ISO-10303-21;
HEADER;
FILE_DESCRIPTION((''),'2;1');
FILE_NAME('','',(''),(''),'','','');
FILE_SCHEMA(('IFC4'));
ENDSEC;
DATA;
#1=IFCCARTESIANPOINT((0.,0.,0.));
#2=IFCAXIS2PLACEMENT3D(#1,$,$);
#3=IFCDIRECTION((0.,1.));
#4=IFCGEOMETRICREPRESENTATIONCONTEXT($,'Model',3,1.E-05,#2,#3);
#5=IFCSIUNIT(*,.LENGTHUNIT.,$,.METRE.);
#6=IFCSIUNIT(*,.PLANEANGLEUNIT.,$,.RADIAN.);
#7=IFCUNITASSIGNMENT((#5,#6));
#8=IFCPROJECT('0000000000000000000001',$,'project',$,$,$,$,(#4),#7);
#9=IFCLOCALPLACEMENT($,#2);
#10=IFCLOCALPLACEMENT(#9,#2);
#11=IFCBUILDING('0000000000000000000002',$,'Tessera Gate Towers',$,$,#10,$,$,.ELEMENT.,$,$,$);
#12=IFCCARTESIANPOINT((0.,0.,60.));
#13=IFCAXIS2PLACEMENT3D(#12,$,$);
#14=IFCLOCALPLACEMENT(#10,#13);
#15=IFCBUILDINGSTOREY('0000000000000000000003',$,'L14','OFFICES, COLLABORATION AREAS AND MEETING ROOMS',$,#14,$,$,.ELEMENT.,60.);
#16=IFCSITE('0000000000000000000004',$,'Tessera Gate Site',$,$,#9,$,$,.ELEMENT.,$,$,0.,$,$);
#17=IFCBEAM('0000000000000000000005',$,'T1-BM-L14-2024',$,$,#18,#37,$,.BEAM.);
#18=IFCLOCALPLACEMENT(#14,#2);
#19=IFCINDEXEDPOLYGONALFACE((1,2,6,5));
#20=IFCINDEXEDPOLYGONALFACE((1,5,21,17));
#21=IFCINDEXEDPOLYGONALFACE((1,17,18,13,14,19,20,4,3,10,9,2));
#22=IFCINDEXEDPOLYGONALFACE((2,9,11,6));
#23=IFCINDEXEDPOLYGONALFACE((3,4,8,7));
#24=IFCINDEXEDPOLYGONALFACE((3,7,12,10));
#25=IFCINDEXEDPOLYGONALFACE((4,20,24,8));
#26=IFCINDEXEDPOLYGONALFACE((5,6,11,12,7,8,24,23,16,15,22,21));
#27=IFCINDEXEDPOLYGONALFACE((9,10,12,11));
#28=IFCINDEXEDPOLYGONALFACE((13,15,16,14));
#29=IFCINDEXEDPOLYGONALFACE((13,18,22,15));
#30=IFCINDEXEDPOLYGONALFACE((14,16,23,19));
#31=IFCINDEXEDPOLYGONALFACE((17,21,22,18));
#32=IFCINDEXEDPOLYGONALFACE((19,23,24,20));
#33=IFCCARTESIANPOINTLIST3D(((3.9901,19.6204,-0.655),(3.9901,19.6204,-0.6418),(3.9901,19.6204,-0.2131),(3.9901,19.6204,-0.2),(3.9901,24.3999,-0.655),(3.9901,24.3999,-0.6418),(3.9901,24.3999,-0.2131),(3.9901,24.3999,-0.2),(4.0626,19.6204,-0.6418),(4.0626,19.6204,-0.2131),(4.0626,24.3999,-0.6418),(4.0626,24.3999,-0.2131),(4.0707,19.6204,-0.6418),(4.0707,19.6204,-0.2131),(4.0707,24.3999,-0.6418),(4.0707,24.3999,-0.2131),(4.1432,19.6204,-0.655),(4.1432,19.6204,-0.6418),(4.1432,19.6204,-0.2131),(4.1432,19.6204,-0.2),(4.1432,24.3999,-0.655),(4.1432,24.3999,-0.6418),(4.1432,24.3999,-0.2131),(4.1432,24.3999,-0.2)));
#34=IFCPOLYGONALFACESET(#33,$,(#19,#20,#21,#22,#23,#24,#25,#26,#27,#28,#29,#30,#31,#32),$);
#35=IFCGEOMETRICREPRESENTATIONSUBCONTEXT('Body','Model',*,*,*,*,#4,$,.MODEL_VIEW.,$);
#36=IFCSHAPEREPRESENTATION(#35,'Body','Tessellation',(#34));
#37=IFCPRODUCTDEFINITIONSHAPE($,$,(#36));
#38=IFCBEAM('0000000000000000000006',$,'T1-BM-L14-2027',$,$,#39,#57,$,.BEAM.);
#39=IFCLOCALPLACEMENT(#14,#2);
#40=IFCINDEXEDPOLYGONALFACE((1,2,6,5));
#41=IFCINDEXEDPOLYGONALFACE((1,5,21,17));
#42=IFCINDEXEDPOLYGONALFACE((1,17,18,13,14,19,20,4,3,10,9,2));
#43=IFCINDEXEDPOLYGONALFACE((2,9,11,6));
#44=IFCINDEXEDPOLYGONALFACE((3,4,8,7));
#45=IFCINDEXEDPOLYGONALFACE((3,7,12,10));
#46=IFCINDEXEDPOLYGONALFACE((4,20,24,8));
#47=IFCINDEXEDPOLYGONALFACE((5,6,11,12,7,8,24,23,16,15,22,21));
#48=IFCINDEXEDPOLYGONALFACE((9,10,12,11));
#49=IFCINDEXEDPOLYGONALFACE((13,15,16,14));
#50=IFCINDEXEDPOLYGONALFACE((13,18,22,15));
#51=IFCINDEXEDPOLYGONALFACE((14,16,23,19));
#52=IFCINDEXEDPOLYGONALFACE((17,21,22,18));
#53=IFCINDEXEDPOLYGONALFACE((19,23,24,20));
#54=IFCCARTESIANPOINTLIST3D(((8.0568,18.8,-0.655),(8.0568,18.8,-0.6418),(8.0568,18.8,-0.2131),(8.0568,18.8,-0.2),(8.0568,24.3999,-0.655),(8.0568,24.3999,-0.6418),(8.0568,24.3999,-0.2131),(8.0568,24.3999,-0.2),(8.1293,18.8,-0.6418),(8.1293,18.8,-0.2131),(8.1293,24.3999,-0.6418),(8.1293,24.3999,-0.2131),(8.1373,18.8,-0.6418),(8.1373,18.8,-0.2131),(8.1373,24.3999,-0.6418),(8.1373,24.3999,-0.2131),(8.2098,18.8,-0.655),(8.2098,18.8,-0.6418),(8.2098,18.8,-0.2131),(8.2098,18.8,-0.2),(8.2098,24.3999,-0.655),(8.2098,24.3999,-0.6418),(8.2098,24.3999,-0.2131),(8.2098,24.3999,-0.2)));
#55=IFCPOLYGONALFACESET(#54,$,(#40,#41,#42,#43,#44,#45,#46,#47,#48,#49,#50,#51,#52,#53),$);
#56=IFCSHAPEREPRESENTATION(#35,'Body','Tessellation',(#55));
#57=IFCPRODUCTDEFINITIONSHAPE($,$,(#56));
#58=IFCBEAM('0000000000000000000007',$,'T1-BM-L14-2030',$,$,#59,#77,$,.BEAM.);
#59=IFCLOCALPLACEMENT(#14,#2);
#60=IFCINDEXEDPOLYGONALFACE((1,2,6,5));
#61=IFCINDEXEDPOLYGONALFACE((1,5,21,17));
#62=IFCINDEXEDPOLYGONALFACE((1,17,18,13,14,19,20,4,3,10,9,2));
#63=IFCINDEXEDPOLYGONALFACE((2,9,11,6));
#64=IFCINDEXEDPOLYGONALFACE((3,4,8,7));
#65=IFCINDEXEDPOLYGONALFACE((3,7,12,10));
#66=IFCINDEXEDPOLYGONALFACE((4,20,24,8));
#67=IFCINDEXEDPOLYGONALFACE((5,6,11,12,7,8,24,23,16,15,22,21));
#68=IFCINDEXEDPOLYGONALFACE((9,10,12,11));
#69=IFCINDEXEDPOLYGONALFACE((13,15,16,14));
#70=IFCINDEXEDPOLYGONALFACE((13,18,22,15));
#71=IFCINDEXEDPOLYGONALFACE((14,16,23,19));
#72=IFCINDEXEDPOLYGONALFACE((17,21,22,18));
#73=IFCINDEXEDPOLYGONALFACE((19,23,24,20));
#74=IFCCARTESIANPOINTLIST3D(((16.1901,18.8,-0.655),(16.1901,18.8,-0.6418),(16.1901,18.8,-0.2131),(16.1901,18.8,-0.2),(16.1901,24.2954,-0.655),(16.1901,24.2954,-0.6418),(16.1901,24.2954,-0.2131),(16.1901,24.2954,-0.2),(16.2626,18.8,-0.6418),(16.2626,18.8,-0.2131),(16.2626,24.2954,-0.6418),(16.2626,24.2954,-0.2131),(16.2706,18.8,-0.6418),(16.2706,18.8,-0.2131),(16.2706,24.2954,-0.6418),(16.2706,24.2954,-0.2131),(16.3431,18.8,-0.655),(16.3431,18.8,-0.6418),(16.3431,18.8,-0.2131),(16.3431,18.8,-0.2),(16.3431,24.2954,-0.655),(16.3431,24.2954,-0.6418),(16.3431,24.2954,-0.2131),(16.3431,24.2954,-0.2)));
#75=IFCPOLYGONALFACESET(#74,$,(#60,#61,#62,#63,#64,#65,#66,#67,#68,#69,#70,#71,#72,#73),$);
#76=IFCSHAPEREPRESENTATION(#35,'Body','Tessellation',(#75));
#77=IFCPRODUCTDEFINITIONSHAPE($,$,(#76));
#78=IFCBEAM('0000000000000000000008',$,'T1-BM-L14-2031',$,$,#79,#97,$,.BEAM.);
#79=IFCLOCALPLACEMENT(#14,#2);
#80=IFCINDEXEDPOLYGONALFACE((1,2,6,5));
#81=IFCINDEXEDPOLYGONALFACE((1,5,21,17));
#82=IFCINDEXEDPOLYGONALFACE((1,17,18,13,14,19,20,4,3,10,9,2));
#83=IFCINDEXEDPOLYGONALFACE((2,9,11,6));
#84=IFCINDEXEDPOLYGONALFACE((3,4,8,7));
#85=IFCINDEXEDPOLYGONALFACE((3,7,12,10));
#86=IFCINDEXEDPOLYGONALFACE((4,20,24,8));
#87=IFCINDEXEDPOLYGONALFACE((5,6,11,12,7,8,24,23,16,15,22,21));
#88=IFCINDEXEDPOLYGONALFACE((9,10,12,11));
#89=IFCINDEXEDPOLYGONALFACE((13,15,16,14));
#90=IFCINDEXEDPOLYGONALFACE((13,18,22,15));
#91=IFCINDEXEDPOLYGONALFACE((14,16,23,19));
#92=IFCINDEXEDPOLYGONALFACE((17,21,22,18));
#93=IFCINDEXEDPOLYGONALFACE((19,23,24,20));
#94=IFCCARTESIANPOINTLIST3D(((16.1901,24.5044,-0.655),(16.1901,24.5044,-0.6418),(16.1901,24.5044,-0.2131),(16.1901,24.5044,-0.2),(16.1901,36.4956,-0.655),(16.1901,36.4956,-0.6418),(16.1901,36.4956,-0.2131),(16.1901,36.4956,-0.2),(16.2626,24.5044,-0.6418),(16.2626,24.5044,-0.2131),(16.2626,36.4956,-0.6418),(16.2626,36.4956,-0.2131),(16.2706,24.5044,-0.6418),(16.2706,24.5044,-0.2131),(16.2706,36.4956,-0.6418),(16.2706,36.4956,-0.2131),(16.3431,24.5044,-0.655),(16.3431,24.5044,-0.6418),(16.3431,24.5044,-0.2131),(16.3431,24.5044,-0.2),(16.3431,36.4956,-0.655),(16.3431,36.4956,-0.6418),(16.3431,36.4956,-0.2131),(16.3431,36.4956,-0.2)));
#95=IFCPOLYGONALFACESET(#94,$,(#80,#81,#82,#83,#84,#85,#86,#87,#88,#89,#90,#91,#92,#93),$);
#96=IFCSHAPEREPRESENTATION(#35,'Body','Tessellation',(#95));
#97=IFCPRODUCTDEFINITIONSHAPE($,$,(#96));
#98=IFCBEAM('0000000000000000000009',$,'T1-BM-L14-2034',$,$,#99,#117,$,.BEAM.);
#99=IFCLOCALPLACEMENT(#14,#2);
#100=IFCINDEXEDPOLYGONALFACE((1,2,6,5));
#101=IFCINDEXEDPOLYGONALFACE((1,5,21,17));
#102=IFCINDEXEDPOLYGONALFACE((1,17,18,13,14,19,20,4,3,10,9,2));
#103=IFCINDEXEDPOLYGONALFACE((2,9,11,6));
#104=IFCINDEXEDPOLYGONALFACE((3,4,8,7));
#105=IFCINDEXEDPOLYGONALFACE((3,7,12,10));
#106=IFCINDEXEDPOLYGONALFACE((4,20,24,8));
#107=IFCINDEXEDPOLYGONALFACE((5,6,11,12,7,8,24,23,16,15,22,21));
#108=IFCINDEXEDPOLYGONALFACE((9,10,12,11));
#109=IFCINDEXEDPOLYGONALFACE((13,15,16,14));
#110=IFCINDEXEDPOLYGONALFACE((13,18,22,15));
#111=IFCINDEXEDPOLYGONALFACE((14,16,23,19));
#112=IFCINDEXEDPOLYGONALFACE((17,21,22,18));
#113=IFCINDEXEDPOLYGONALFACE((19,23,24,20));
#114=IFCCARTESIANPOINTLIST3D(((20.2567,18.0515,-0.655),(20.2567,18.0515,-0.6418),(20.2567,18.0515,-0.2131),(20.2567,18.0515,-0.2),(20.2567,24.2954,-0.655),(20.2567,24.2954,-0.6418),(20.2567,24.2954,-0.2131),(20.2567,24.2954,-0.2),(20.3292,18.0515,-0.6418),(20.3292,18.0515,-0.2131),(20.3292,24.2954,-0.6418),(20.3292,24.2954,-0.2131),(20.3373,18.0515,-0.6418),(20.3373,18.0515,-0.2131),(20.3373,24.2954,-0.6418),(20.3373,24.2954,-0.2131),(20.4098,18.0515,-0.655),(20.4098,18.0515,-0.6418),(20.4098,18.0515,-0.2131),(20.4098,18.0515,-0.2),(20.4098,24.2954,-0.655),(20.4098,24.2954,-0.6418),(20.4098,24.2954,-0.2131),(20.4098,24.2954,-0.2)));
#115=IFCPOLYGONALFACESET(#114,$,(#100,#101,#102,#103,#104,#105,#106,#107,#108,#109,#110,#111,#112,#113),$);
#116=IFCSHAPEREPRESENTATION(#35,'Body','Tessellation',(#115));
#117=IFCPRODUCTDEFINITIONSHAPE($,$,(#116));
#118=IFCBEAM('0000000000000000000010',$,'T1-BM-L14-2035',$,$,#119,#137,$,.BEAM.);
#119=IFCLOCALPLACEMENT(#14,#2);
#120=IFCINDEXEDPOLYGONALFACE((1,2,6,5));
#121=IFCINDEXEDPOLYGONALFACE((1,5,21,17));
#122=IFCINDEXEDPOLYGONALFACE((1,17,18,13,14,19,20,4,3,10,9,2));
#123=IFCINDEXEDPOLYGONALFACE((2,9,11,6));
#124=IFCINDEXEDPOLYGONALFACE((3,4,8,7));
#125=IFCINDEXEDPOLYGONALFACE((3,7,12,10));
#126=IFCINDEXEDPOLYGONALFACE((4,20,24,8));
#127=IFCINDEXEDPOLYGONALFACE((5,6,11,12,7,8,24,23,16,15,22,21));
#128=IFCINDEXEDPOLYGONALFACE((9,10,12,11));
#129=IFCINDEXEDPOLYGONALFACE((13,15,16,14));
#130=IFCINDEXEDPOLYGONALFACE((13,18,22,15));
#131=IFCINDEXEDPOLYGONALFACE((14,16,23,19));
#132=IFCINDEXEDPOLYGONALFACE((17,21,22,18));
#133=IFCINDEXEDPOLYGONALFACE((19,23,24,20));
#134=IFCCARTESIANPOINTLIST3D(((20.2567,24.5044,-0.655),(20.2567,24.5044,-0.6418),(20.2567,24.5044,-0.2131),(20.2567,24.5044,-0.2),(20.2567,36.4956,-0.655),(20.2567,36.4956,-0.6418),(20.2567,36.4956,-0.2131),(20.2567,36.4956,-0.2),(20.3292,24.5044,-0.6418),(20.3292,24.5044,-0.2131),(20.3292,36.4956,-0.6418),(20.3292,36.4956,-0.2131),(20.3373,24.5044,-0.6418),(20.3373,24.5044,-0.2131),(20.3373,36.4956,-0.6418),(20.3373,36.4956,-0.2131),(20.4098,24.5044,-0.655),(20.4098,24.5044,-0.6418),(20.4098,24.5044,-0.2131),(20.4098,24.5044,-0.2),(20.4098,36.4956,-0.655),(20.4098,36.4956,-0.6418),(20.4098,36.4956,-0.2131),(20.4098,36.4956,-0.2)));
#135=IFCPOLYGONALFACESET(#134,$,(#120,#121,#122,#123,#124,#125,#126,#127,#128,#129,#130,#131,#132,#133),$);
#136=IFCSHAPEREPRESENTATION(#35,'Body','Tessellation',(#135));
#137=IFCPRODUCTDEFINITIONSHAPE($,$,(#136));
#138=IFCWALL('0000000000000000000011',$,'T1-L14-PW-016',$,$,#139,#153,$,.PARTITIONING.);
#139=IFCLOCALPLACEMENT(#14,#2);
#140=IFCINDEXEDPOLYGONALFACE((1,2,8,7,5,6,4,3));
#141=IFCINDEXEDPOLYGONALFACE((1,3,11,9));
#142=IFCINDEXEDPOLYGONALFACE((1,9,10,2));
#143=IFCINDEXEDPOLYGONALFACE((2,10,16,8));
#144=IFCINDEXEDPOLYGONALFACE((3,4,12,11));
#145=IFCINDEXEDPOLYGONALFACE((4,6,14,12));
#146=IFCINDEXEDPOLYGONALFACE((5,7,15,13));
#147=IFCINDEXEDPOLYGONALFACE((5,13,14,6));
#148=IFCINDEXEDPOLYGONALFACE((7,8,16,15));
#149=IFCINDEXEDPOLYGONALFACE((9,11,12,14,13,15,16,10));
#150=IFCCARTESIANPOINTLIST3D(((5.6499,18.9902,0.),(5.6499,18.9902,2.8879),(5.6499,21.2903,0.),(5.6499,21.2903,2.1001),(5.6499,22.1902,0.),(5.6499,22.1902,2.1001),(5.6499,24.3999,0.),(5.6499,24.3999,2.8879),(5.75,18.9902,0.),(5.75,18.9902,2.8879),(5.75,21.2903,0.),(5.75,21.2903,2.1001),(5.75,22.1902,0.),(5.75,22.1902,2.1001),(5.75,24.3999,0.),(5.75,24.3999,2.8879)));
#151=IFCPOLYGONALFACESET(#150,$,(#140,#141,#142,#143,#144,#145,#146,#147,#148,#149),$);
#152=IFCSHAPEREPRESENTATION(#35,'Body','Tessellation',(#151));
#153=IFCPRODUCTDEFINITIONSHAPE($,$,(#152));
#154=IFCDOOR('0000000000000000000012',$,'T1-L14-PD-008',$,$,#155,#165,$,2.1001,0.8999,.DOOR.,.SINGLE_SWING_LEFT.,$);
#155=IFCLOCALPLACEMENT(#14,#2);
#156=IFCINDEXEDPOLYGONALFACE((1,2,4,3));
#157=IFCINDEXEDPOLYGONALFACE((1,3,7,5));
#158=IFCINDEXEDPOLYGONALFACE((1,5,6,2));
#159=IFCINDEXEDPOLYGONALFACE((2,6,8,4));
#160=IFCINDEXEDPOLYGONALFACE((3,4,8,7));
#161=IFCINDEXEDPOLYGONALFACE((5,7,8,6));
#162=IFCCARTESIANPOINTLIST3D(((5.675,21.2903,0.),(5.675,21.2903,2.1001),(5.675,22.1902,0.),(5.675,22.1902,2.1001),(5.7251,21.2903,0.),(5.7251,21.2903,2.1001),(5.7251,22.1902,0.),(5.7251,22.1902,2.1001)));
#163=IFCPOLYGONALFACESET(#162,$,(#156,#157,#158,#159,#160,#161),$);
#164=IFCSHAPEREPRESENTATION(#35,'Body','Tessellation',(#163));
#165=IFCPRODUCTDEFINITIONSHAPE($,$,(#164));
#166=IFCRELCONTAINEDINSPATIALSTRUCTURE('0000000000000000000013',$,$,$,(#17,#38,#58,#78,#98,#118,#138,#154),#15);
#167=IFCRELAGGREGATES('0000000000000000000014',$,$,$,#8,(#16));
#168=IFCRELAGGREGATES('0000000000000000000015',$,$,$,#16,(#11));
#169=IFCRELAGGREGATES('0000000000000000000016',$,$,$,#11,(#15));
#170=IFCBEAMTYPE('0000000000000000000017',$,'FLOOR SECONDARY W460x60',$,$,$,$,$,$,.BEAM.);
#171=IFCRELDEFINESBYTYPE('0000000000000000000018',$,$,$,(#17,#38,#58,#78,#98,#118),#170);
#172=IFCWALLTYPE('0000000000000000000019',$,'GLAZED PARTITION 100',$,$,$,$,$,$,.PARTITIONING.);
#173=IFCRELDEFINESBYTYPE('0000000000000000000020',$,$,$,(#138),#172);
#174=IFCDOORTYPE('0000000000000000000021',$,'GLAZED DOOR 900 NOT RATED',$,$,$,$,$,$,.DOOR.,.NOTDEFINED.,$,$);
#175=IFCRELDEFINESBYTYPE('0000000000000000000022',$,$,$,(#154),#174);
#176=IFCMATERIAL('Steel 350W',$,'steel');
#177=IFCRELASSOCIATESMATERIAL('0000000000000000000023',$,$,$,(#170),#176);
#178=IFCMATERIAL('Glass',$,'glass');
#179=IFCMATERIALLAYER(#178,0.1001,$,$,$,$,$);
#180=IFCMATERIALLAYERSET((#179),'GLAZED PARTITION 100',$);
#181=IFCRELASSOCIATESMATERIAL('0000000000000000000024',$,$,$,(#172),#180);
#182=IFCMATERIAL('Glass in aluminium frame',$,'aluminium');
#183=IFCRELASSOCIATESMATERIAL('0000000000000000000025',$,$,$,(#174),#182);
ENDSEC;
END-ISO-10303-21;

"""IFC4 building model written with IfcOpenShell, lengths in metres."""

from ifc_helpers import new_model, si_unit, direction, frame, frame_2d, origin, origin_2d, place, context, subcontext, project, spatial, rectangle, i_section, extrude, source, transform, mapped, material, layer, layer_set, material_profile, profile_set, type_object, element, fill, save


model = new_model("IFC4")

# Units and contexts
model_context = context("Model", 3, precision=1e-05, world=origin(), true_north=direction((0.0, 1.0)))
body_context = subcontext(model_context, "Body", "Model", "MODEL_VIEW")
ifc_project = project(units=[si_unit("LENGTHUNIT", "METRE"), si_unit("PLANEANGLEUNIT", "RADIAN")], contexts=[model_context])

# Site, building, storey
site_placement = place(None, origin())
site = spatial("IfcSite", under=ifc_project, at=site_placement, Name="Tessera Gate Site", CompositionType="ELEMENT", RefElevation=0.0)
building_placement = place(site_placement, origin())
building = spatial("IfcBuilding", under=site, at=building_placement, Name="Tessera Gate Towers", CompositionType="ELEMENT")
storey_placement = place(building_placement, frame((0.0, 0.0, 60.0)))
storey = spatial("IfcBuildingStorey", under=building, at=storey_placement, Name="L14", Description="OFFICES, COLLABORATION AREAS AND MEETING ROOMS", CompositionType="ELEMENT", Elevation=60.0)

# Beams
ifc_material_1 = material(Name="Steel 350W", Category="steel")
ifc_material_profile_1 = material_profile(ifc_material_1, i_section(OverallWidth=0.1531, OverallDepth=0.4551, WebThickness=0.0081, FlangeThickness=0.0132, at=origin_2d()), Name="W460x60")
ifc_profile_set_1 = profile_set([ifc_material_profile_1], Name="Steel 350W")
beam_type_1 = type_object("IfcBeamType", Name="FLOOR SECONDARY W460x60", PredefinedType="BEAM", material=ifc_profile_set_1)
beam_1_placement = place(storey_placement, frame((4.0667, 19.6204, -0.4275), z_axis=(0.0, 1.0, 0.0), x_axis=(-1.0, 0.0, 0.0)))
element("IfcBeam", 1, at=beam_1_placement, inside=storey, type_object=beam_type_1, Name="T1-BM-L14-2024", PredefinedType="BEAM", context=body_context, shape_type="SweptSolid", body=[
    extrude(i_section(OverallWidth=0.1531, OverallDepth=0.4551, WebThickness=0.0081, FlangeThickness=0.0132, at=origin_2d()), origin(), (0.0, 0.0, 1.0), 4.7795),
])
beam_2_placement = place(storey_placement, frame((8.1333, 18.8, -0.4275), z_axis=(0.0, 1.0, 0.0), x_axis=(-1.0, 0.0, 0.0)))
element("IfcBeam", 2, at=beam_2_placement, inside=storey, type_object=beam_type_1, Name="T1-BM-L14-2027", PredefinedType="BEAM", context=body_context, shape_type="SweptSolid", body=[
    extrude(i_section(OverallWidth=0.1531, OverallDepth=0.4551, WebThickness=0.0081, FlangeThickness=0.0132, at=origin_2d()), origin(), (0.0, 0.0, 1.0), 5.5999),
])
beam_3_placement = place(storey_placement, frame((16.2666, 18.8, -0.4275), z_axis=(0.0, 1.0, 0.0), x_axis=(-1.0, 0.0, 0.0)))
element("IfcBeam", 3, at=beam_3_placement, inside=storey, type_object=beam_type_1, Name="T1-BM-L14-2030", PredefinedType="BEAM", context=body_context, shape_type="SweptSolid", body=[
    extrude(i_section(OverallWidth=0.1531, OverallDepth=0.4551, WebThickness=0.0081, FlangeThickness=0.0132, at=origin_2d()), origin(), (0.0, 0.0, 1.0), 5.4954),
])
beam_4_placement = place(storey_placement, frame((16.2666, 24.5044, -0.4275), z_axis=(0.0, 1.0, 0.0), x_axis=(-1.0, 0.0, 0.0)))
element("IfcBeam", 4, at=beam_4_placement, inside=storey, type_object=beam_type_1, Name="T1-BM-L14-2031", PredefinedType="BEAM", context=body_context, shape_type="SweptSolid", body=[
    extrude(i_section(OverallWidth=0.1531, OverallDepth=0.4551, WebThickness=0.0081, FlangeThickness=0.0132, at=origin_2d()), origin(), (0.0, 0.0, 1.0), 11.9912),
])
beam_5_placement = place(storey_placement, frame((20.3333, 18.0515, -0.4275), z_axis=(0.0, 1.0, 0.0), x_axis=(-1.0, 0.0, 0.0)))
element("IfcBeam", 5, at=beam_5_placement, inside=storey, type_object=beam_type_1, Name="T1-BM-L14-2034", PredefinedType="BEAM", context=body_context, shape_type="SweptSolid", body=[
    extrude(i_section(OverallWidth=0.1531, OverallDepth=0.4551, WebThickness=0.0081, FlangeThickness=0.0132, at=origin_2d()), origin(), (0.0, 0.0, 1.0), 6.2439),
])
beam_6_placement = place(storey_placement, frame((20.3333, 24.5044, -0.4275), z_axis=(0.0, 1.0, 0.0), x_axis=(-1.0, 0.0, 0.0)))
element("IfcBeam", 6, at=beam_6_placement, inside=storey, type_object=beam_type_1, Name="T1-BM-L14-2035", PredefinedType="BEAM", context=body_context, shape_type="SweptSolid", body=[
    extrude(i_section(OverallWidth=0.1531, OverallDepth=0.4551, WebThickness=0.0081, FlangeThickness=0.0132, at=origin_2d()), origin(), (0.0, 0.0, 1.0), 11.9912),
])

# Wall, opening, door
ifc_material_2 = material(Name="Glass", Category="glass")
ifc_layer_1 = layer(ifc_material_2, 0.1001)
ifc_layer_set_1 = layer_set([ifc_layer_1], Name="GLAZED PARTITION 100")
wall_type_1 = type_object("IfcWallType", Name="GLAZED PARTITION 100", PredefinedType="PARTITIONING", material=ifc_layer_set_1)
wall_1_placement = place(storey_placement, frame((5.7, 18.9902, 0.0), z_axis=(0.0, 0.0, 1.0), x_axis=(0.0, 1.0, 0.0)))
wall_1 = element("IfcWall", 7, at=wall_1_placement, inside=storey, type_object=wall_type_1, Name="T1-L14-PW-016", PredefinedType="PARTITIONING", context=body_context, shape_type="SweptSolid", body=[
    extrude(rectangle(XDim=5.4097, YDim=0.1001, at=frame_2d((2.7048, 0.0))), origin(), (0.0, 0.0, 1.0), 2.8879),
])
shared_shape_1 = source(origin(), body_context, "Body", "SweptSolid", [
    extrude(rectangle(XDim=0.8999, YDim=2.1001, at=frame_2d((0.45, 1.05))), frame((0.0, 0.0601, 0.0), z_axis=(0.0, -1.0, 0.0), x_axis=(1.0, 0.0, 0.0)), (0.0, 0.0, 1.0), 0.1201),
])
opening_1_placement = place(wall_1_placement, frame((2.3, 0.0, 0.0)))
opening_1 = element("IfcOpeningElement", 8, at=opening_1_placement, cuts=wall_1, PredefinedType="OPENING", context=body_context, shape_type="MappedRepresentation", body=[
    mapped(shared_shape_1, transform((0.0, 0.0, 0.0), scale=1.0)),
])
ifc_material_3 = material(Name="Glass in aluminium frame", Category="aluminium")
door_type_1 = type_object("IfcDoorType", Name="GLAZED DOOR 900 NOT RATED", OperationType="NOTDEFINED", PredefinedType="DOOR", material=ifc_material_3)
shared_shape_2 = source(origin(), body_context, "Body", "SweptSolid", [
    extrude(rectangle(XDim=0.8999, YDim=2.1001, at=frame_2d((0.45, 1.05))), frame((0.0, 0.0249, 0.0), z_axis=(0.0, -1.0, 0.0), x_axis=(1.0, 0.0, 0.0)), (0.0, 0.0, 1.0), 0.05),
])
door_1_placement = place(opening_1_placement, origin())
door_1 = element("IfcDoor", 9, at=door_1_placement, inside=storey, type_object=door_type_1, Name="T1-L14-PD-008", OperationType="SINGLE_SWING_LEFT", OverallHeight=2.1001, OverallWidth=0.8999, PredefinedType="DOOR", context=body_context, shape_type="MappedRepresentation", body=[
    mapped(shared_shape_2, transform((0.0, 0.0, 0.0), scale=1.0)),
])
fill(opening_1, door_1)

save(model, "model.ifc")
